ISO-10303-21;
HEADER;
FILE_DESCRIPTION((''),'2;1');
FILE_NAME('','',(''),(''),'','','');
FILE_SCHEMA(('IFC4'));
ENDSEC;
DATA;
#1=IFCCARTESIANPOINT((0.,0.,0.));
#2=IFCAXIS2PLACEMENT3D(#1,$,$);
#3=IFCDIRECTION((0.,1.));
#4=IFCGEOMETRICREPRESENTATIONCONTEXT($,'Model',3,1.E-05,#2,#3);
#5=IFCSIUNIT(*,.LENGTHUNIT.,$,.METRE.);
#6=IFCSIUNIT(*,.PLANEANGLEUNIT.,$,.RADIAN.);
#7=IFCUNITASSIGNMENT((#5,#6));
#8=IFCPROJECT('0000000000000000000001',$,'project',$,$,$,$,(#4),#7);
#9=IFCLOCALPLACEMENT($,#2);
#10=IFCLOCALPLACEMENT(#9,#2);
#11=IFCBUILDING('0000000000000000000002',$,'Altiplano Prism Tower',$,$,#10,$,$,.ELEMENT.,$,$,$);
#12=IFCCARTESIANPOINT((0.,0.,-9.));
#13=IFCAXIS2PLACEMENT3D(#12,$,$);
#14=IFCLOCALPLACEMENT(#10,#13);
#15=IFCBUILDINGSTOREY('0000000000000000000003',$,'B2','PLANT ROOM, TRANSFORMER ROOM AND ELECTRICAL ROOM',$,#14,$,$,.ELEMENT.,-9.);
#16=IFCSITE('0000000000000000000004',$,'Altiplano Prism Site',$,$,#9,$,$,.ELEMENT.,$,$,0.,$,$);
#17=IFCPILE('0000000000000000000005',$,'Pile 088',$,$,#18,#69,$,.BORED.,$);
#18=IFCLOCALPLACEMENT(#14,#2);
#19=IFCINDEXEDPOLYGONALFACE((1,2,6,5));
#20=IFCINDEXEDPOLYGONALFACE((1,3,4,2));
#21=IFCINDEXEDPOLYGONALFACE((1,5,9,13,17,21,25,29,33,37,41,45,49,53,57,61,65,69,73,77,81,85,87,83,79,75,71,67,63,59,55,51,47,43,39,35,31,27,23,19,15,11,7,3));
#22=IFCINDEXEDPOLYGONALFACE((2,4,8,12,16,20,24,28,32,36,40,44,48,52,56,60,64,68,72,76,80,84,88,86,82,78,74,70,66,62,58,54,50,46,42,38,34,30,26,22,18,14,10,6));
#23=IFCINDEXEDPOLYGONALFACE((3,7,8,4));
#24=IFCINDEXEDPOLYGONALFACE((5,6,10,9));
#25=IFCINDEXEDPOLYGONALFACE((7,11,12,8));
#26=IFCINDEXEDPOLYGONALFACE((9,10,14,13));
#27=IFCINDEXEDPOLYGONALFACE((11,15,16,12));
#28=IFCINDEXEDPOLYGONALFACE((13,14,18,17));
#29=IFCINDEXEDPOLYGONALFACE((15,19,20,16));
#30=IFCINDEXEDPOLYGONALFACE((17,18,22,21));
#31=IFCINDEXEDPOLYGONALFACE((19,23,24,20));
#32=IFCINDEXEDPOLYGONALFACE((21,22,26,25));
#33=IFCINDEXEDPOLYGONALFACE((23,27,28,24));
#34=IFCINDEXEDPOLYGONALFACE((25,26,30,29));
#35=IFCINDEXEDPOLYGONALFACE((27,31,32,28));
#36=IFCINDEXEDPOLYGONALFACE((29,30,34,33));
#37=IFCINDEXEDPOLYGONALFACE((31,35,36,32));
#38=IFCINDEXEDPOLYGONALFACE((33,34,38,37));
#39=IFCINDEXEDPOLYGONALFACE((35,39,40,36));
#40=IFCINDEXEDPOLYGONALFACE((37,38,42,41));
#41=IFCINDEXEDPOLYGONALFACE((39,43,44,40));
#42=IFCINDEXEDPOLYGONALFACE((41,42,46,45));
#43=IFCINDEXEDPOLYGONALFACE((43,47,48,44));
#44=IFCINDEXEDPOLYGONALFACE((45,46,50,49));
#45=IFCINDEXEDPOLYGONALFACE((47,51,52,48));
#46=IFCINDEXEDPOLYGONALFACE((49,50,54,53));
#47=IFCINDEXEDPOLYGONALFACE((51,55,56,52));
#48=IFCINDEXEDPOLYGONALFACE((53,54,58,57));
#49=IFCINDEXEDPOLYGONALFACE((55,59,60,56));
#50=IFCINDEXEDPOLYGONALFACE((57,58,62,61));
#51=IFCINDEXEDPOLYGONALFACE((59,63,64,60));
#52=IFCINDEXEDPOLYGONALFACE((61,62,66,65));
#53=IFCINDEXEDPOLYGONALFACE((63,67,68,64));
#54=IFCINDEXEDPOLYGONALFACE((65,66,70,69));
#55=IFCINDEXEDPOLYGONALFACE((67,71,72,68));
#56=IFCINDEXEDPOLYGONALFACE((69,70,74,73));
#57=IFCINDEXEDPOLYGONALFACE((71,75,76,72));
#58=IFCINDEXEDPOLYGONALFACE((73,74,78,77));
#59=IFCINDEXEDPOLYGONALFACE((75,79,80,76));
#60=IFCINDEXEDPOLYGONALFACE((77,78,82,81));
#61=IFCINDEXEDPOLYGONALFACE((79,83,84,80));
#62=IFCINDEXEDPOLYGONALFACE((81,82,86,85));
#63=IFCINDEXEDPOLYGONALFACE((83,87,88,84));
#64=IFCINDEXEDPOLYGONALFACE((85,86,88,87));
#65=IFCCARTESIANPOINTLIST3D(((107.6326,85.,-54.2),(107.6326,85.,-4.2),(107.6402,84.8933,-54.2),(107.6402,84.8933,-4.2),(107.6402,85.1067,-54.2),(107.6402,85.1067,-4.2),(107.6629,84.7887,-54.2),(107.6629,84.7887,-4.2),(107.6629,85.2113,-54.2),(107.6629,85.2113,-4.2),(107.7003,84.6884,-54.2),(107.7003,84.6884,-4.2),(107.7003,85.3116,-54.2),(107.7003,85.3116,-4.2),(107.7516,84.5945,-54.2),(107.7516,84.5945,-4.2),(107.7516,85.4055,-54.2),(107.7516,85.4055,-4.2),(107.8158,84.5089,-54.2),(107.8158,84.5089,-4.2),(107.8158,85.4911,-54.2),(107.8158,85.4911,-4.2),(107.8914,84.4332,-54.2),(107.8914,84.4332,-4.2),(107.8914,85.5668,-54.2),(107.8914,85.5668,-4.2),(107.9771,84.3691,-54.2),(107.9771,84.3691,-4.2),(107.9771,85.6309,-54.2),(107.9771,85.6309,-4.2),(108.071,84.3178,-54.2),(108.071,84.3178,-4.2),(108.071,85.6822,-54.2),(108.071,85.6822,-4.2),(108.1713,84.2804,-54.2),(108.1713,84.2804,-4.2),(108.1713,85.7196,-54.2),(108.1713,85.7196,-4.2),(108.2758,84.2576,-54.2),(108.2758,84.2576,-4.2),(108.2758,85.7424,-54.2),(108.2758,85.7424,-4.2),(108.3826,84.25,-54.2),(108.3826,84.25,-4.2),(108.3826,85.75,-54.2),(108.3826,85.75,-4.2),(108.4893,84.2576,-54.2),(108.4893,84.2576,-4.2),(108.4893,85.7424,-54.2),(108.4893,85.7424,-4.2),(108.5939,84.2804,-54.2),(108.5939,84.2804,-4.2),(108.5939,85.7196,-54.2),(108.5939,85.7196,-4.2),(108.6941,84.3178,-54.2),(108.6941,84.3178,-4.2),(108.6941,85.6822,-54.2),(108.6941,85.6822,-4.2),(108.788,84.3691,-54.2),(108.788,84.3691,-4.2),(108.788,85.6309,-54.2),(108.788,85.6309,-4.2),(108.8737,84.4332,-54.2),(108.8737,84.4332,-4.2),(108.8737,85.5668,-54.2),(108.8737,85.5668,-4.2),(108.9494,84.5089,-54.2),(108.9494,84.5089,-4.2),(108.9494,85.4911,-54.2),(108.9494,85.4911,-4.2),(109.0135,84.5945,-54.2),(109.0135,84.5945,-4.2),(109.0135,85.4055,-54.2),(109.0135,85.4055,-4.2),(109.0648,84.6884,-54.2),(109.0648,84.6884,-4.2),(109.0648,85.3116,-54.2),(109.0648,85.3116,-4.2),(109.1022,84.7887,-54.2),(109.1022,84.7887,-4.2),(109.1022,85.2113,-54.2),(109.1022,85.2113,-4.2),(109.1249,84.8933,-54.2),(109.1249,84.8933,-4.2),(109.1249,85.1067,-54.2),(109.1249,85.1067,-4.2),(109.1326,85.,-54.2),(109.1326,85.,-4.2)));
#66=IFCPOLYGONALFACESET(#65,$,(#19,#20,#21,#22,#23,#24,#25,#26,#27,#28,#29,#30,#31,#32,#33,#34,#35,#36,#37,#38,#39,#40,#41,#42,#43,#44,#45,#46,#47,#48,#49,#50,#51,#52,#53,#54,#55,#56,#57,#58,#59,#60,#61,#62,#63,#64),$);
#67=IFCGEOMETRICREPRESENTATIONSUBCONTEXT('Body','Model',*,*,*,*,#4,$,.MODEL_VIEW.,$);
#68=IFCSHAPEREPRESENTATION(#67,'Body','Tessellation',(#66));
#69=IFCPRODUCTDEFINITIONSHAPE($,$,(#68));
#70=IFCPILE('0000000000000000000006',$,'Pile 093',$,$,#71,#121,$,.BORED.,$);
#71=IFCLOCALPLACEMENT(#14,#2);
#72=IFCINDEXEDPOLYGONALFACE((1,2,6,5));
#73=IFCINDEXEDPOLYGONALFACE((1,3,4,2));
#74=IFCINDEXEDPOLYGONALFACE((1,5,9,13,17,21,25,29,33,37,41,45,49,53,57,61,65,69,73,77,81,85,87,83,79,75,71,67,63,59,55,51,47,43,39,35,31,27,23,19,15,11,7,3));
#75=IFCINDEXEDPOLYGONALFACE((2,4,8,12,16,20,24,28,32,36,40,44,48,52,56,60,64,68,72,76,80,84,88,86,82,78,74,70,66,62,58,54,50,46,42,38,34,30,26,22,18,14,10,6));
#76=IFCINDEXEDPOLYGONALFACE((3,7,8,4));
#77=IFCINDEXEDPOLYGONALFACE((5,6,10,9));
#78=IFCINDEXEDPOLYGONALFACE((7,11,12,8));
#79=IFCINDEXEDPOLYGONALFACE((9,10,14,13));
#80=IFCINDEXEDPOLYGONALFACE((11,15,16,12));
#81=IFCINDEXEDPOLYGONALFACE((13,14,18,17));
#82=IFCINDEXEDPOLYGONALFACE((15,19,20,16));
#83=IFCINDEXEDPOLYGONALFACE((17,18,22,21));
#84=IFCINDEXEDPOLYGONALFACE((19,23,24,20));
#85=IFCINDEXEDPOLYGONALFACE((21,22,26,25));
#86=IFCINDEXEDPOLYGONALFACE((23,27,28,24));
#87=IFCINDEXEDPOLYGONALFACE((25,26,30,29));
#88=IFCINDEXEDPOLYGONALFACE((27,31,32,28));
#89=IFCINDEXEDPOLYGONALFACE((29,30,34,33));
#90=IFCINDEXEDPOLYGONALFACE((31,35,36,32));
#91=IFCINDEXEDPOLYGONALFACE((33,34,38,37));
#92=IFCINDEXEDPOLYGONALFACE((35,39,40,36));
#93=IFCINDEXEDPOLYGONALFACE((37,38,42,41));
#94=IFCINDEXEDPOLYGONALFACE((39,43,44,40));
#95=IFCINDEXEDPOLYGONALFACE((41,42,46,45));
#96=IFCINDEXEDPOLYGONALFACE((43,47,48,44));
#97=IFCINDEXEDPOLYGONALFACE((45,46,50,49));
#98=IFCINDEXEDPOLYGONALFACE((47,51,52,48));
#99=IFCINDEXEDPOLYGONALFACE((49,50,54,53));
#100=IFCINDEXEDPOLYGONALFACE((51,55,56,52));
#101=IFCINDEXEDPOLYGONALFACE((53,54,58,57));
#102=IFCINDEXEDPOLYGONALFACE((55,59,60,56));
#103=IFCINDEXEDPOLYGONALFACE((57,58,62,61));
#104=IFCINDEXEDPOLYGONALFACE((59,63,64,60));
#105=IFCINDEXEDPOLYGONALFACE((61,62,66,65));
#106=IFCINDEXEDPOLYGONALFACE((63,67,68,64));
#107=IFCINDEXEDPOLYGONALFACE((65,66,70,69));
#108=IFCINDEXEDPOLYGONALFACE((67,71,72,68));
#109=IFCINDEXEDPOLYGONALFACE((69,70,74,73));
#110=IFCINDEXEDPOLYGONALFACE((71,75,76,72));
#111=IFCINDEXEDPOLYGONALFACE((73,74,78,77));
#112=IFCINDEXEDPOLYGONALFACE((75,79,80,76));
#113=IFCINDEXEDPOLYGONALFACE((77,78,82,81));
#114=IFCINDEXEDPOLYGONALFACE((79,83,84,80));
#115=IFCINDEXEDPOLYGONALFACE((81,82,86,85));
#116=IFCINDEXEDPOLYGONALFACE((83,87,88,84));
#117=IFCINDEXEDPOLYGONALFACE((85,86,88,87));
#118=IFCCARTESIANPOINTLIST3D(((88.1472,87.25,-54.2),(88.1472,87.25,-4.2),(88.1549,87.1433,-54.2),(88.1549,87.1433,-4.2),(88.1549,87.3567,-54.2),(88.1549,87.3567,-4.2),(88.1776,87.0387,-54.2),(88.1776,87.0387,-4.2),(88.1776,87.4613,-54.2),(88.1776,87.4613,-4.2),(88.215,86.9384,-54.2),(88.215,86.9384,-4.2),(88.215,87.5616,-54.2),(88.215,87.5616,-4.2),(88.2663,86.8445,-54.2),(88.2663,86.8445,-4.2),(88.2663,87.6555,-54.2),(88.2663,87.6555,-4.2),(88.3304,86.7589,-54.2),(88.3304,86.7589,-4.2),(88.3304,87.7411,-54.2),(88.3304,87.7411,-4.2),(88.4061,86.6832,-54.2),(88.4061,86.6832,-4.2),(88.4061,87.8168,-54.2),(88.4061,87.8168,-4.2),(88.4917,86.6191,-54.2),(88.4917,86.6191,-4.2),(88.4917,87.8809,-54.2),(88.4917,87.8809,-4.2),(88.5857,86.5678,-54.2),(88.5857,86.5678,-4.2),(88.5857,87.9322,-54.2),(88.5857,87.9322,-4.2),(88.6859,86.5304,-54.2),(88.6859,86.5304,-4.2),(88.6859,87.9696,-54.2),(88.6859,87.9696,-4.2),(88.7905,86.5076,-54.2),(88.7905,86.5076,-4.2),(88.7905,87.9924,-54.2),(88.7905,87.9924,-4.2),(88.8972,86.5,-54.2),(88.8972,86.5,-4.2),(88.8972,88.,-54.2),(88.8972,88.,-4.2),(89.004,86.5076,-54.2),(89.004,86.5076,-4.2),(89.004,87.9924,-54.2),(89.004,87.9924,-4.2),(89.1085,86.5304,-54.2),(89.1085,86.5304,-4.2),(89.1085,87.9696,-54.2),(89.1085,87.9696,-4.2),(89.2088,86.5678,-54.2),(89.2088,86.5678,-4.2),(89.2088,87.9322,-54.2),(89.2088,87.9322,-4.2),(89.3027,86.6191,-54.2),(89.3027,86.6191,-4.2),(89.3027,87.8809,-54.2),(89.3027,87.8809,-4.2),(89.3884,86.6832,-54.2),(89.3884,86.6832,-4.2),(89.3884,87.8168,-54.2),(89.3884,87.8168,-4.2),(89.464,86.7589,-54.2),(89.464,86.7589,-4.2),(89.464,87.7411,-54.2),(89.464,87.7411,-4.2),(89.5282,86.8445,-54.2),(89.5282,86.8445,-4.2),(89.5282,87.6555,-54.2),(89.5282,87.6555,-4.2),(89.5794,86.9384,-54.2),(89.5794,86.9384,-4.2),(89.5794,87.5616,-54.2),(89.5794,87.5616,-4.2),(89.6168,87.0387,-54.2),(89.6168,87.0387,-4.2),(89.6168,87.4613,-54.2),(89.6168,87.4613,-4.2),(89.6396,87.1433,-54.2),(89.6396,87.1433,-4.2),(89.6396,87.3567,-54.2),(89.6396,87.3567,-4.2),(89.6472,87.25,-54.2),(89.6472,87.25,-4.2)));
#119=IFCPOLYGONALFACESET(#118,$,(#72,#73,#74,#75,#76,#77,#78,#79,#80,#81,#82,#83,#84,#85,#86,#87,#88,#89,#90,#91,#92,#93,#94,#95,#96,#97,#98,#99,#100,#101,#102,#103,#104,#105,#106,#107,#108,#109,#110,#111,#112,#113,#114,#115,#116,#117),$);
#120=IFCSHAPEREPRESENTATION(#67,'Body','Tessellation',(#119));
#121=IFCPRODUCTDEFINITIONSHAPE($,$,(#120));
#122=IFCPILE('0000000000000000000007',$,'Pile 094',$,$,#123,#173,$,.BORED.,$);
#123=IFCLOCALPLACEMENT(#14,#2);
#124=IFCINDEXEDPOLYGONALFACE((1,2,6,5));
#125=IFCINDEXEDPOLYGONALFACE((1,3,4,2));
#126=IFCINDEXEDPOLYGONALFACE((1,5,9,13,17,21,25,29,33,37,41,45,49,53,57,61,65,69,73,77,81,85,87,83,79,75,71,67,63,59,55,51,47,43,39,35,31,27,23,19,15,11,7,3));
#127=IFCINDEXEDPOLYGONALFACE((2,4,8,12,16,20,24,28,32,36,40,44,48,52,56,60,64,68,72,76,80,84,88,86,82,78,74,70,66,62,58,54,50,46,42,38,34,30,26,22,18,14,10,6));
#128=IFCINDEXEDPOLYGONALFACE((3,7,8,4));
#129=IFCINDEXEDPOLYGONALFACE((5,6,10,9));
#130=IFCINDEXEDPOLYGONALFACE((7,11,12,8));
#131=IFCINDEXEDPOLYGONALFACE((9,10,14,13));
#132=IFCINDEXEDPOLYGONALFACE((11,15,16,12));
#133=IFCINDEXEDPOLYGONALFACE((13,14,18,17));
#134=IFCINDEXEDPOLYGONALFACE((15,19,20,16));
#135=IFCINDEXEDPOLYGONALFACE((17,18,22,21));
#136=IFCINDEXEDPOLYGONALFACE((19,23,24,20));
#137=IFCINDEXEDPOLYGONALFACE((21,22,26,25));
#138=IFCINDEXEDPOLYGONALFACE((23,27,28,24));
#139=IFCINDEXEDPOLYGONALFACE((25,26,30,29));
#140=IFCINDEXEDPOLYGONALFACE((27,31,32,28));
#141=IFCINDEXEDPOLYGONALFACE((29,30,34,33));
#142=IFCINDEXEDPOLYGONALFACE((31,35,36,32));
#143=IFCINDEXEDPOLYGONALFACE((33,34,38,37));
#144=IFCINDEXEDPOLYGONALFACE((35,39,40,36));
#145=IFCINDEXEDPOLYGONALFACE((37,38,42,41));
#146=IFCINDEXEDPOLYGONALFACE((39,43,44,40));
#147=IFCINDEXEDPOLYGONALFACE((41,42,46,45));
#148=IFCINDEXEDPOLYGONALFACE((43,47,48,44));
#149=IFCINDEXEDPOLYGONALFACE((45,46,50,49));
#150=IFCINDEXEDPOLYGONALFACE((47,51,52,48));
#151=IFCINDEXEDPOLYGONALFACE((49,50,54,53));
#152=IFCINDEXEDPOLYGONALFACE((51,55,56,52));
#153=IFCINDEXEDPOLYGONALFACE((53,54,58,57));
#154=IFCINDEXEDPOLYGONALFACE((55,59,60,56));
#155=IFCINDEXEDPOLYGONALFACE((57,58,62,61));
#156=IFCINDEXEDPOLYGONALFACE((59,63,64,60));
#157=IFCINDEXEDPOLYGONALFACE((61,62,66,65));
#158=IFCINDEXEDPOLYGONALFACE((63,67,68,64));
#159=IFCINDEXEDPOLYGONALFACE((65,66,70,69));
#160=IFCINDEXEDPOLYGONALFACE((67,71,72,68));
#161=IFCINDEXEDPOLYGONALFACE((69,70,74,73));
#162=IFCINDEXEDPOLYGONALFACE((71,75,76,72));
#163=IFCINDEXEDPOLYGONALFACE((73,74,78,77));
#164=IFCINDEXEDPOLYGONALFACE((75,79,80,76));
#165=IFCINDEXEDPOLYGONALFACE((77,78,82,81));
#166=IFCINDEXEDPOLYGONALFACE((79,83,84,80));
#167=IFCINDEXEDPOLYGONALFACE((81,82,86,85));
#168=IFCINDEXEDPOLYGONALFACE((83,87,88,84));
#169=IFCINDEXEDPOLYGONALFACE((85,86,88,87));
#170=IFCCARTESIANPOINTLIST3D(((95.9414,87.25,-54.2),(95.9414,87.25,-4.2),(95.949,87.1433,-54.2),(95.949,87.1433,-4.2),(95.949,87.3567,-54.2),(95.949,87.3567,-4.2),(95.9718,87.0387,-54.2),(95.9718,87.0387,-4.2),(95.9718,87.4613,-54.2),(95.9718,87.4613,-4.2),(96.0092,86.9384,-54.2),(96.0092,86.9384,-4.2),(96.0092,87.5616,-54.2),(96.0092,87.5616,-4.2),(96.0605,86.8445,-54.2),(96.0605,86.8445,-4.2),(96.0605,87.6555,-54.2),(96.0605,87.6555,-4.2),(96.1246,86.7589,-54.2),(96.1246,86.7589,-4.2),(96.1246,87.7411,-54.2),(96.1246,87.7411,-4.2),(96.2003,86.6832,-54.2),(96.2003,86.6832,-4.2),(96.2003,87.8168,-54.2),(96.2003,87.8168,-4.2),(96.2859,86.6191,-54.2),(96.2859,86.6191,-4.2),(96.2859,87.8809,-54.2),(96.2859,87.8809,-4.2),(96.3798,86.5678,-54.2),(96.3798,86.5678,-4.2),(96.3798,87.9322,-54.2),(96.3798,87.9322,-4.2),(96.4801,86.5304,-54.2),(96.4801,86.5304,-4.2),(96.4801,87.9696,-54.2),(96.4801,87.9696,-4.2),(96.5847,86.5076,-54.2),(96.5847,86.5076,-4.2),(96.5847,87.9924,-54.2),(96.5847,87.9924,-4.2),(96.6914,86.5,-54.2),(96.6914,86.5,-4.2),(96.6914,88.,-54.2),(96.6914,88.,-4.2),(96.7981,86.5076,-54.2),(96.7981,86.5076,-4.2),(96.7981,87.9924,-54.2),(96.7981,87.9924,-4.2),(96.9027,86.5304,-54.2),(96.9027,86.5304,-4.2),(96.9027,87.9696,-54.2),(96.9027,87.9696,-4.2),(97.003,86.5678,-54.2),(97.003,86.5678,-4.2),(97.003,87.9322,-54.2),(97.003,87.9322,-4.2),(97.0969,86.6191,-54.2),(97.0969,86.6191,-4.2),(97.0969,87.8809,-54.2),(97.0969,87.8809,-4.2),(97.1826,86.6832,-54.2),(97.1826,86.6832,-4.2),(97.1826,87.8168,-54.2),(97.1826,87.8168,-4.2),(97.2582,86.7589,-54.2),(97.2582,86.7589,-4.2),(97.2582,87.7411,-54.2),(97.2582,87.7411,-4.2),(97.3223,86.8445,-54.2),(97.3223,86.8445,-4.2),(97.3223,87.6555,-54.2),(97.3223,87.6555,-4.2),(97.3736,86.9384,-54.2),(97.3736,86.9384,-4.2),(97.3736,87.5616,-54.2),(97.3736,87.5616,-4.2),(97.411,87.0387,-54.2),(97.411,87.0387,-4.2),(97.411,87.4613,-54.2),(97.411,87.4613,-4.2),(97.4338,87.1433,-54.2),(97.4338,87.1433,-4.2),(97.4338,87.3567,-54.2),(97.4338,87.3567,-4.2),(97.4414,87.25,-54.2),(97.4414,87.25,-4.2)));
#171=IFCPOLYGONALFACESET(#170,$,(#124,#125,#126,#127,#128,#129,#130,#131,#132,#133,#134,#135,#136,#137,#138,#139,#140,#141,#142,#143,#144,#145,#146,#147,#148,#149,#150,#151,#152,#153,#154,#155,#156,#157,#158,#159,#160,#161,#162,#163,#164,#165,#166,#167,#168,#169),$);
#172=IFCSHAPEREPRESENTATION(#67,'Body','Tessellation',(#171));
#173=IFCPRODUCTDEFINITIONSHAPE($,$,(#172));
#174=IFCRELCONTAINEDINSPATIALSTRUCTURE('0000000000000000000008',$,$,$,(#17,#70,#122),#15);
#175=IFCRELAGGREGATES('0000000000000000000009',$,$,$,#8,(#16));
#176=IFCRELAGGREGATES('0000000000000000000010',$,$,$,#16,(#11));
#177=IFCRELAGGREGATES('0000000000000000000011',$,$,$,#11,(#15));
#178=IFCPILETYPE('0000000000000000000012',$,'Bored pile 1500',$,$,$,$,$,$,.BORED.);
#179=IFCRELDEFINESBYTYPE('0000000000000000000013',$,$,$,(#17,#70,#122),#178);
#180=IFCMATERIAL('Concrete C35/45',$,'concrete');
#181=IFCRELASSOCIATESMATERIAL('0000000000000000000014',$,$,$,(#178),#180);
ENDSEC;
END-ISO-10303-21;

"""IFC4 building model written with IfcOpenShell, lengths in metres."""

from ifc_helpers import new_model, si_unit, direction, frame, origin, origin_2d, place, context, subcontext, project, spatial, circle, extrude, material, material_profile, profile_set, type_object, element, save


model = new_model("IFC4")

# Units and contexts
model_context = context("Model", 3, precision=1e-05, world=origin(), true_north=direction((0.0, 1.0)))
body_context = subcontext(model_context, "Body", "Model", "MODEL_VIEW")
ifc_project = project(units=[si_unit("LENGTHUNIT", "METRE"), si_unit("PLANEANGLEUNIT", "RADIAN")], contexts=[model_context])

# Site, building, storey
site_placement = place(None, origin())
site = spatial("IfcSite", under=ifc_project, at=site_placement, Name="Altiplano Prism Site", CompositionType="ELEMENT", RefElevation=0.0)
building_placement = place(site_placement, origin())
building = spatial("IfcBuilding", under=site, at=building_placement, Name="Altiplano Prism Tower", CompositionType="ELEMENT")
storey_placement = place(building_placement, frame((0.0, 0.0, -9.0)))
storey = spatial("IfcBuildingStorey", under=building, at=storey_placement, Name="B2", Description="PLANT ROOM, TRANSFORMER ROOM AND ELECTRICAL ROOM", CompositionType="ELEMENT", Elevation=-9.0)

# Piles
ifc_material_1 = material(Name="Concrete C35/45", Category="concrete")
ifc_material_profile_1 = material_profile(ifc_material_1, circle(Radius=0.75, at=origin_2d()), Name="Bored pile 1500")
ifc_profile_set_1 = profile_set([ifc_material_profile_1], Name="Concrete C35/45")
pile_type = type_object("IfcPileType", Name="Bored pile 1500", PredefinedType="BORED", material=ifc_profile_set_1)
for number, where, z_axis, x_axis, name in (
    (1, (108.3826, 85.0, -4.2), (0.0, 0.0, -1.0), (1.0, 0.0, 0.0), "Pile 088"),
    (2, (88.8972, 87.25, -4.2), (0.0, 0.0, -1.0), (1.0, 0.0, 0.0), "Pile 093"),
    (3, (96.6914, 87.25, -4.2), (0.0, 0.0, -1.0), (1.0, 0.0, 0.0), "Pile 094"),
):
    element("IfcPile", number, at=place(storey_placement, frame(where, z_axis=z_axis, x_axis=x_axis)), inside=storey, type_object=pile_type, Name=name, PredefinedType="BORED", context=body_context, shape_type="SweptSolid", body=[
        extrude(circle(Radius=0.75, at=origin_2d()), origin(), (0.0, 0.0, 1.0), 50.0),
    ])

save(model, "model.ifc")
